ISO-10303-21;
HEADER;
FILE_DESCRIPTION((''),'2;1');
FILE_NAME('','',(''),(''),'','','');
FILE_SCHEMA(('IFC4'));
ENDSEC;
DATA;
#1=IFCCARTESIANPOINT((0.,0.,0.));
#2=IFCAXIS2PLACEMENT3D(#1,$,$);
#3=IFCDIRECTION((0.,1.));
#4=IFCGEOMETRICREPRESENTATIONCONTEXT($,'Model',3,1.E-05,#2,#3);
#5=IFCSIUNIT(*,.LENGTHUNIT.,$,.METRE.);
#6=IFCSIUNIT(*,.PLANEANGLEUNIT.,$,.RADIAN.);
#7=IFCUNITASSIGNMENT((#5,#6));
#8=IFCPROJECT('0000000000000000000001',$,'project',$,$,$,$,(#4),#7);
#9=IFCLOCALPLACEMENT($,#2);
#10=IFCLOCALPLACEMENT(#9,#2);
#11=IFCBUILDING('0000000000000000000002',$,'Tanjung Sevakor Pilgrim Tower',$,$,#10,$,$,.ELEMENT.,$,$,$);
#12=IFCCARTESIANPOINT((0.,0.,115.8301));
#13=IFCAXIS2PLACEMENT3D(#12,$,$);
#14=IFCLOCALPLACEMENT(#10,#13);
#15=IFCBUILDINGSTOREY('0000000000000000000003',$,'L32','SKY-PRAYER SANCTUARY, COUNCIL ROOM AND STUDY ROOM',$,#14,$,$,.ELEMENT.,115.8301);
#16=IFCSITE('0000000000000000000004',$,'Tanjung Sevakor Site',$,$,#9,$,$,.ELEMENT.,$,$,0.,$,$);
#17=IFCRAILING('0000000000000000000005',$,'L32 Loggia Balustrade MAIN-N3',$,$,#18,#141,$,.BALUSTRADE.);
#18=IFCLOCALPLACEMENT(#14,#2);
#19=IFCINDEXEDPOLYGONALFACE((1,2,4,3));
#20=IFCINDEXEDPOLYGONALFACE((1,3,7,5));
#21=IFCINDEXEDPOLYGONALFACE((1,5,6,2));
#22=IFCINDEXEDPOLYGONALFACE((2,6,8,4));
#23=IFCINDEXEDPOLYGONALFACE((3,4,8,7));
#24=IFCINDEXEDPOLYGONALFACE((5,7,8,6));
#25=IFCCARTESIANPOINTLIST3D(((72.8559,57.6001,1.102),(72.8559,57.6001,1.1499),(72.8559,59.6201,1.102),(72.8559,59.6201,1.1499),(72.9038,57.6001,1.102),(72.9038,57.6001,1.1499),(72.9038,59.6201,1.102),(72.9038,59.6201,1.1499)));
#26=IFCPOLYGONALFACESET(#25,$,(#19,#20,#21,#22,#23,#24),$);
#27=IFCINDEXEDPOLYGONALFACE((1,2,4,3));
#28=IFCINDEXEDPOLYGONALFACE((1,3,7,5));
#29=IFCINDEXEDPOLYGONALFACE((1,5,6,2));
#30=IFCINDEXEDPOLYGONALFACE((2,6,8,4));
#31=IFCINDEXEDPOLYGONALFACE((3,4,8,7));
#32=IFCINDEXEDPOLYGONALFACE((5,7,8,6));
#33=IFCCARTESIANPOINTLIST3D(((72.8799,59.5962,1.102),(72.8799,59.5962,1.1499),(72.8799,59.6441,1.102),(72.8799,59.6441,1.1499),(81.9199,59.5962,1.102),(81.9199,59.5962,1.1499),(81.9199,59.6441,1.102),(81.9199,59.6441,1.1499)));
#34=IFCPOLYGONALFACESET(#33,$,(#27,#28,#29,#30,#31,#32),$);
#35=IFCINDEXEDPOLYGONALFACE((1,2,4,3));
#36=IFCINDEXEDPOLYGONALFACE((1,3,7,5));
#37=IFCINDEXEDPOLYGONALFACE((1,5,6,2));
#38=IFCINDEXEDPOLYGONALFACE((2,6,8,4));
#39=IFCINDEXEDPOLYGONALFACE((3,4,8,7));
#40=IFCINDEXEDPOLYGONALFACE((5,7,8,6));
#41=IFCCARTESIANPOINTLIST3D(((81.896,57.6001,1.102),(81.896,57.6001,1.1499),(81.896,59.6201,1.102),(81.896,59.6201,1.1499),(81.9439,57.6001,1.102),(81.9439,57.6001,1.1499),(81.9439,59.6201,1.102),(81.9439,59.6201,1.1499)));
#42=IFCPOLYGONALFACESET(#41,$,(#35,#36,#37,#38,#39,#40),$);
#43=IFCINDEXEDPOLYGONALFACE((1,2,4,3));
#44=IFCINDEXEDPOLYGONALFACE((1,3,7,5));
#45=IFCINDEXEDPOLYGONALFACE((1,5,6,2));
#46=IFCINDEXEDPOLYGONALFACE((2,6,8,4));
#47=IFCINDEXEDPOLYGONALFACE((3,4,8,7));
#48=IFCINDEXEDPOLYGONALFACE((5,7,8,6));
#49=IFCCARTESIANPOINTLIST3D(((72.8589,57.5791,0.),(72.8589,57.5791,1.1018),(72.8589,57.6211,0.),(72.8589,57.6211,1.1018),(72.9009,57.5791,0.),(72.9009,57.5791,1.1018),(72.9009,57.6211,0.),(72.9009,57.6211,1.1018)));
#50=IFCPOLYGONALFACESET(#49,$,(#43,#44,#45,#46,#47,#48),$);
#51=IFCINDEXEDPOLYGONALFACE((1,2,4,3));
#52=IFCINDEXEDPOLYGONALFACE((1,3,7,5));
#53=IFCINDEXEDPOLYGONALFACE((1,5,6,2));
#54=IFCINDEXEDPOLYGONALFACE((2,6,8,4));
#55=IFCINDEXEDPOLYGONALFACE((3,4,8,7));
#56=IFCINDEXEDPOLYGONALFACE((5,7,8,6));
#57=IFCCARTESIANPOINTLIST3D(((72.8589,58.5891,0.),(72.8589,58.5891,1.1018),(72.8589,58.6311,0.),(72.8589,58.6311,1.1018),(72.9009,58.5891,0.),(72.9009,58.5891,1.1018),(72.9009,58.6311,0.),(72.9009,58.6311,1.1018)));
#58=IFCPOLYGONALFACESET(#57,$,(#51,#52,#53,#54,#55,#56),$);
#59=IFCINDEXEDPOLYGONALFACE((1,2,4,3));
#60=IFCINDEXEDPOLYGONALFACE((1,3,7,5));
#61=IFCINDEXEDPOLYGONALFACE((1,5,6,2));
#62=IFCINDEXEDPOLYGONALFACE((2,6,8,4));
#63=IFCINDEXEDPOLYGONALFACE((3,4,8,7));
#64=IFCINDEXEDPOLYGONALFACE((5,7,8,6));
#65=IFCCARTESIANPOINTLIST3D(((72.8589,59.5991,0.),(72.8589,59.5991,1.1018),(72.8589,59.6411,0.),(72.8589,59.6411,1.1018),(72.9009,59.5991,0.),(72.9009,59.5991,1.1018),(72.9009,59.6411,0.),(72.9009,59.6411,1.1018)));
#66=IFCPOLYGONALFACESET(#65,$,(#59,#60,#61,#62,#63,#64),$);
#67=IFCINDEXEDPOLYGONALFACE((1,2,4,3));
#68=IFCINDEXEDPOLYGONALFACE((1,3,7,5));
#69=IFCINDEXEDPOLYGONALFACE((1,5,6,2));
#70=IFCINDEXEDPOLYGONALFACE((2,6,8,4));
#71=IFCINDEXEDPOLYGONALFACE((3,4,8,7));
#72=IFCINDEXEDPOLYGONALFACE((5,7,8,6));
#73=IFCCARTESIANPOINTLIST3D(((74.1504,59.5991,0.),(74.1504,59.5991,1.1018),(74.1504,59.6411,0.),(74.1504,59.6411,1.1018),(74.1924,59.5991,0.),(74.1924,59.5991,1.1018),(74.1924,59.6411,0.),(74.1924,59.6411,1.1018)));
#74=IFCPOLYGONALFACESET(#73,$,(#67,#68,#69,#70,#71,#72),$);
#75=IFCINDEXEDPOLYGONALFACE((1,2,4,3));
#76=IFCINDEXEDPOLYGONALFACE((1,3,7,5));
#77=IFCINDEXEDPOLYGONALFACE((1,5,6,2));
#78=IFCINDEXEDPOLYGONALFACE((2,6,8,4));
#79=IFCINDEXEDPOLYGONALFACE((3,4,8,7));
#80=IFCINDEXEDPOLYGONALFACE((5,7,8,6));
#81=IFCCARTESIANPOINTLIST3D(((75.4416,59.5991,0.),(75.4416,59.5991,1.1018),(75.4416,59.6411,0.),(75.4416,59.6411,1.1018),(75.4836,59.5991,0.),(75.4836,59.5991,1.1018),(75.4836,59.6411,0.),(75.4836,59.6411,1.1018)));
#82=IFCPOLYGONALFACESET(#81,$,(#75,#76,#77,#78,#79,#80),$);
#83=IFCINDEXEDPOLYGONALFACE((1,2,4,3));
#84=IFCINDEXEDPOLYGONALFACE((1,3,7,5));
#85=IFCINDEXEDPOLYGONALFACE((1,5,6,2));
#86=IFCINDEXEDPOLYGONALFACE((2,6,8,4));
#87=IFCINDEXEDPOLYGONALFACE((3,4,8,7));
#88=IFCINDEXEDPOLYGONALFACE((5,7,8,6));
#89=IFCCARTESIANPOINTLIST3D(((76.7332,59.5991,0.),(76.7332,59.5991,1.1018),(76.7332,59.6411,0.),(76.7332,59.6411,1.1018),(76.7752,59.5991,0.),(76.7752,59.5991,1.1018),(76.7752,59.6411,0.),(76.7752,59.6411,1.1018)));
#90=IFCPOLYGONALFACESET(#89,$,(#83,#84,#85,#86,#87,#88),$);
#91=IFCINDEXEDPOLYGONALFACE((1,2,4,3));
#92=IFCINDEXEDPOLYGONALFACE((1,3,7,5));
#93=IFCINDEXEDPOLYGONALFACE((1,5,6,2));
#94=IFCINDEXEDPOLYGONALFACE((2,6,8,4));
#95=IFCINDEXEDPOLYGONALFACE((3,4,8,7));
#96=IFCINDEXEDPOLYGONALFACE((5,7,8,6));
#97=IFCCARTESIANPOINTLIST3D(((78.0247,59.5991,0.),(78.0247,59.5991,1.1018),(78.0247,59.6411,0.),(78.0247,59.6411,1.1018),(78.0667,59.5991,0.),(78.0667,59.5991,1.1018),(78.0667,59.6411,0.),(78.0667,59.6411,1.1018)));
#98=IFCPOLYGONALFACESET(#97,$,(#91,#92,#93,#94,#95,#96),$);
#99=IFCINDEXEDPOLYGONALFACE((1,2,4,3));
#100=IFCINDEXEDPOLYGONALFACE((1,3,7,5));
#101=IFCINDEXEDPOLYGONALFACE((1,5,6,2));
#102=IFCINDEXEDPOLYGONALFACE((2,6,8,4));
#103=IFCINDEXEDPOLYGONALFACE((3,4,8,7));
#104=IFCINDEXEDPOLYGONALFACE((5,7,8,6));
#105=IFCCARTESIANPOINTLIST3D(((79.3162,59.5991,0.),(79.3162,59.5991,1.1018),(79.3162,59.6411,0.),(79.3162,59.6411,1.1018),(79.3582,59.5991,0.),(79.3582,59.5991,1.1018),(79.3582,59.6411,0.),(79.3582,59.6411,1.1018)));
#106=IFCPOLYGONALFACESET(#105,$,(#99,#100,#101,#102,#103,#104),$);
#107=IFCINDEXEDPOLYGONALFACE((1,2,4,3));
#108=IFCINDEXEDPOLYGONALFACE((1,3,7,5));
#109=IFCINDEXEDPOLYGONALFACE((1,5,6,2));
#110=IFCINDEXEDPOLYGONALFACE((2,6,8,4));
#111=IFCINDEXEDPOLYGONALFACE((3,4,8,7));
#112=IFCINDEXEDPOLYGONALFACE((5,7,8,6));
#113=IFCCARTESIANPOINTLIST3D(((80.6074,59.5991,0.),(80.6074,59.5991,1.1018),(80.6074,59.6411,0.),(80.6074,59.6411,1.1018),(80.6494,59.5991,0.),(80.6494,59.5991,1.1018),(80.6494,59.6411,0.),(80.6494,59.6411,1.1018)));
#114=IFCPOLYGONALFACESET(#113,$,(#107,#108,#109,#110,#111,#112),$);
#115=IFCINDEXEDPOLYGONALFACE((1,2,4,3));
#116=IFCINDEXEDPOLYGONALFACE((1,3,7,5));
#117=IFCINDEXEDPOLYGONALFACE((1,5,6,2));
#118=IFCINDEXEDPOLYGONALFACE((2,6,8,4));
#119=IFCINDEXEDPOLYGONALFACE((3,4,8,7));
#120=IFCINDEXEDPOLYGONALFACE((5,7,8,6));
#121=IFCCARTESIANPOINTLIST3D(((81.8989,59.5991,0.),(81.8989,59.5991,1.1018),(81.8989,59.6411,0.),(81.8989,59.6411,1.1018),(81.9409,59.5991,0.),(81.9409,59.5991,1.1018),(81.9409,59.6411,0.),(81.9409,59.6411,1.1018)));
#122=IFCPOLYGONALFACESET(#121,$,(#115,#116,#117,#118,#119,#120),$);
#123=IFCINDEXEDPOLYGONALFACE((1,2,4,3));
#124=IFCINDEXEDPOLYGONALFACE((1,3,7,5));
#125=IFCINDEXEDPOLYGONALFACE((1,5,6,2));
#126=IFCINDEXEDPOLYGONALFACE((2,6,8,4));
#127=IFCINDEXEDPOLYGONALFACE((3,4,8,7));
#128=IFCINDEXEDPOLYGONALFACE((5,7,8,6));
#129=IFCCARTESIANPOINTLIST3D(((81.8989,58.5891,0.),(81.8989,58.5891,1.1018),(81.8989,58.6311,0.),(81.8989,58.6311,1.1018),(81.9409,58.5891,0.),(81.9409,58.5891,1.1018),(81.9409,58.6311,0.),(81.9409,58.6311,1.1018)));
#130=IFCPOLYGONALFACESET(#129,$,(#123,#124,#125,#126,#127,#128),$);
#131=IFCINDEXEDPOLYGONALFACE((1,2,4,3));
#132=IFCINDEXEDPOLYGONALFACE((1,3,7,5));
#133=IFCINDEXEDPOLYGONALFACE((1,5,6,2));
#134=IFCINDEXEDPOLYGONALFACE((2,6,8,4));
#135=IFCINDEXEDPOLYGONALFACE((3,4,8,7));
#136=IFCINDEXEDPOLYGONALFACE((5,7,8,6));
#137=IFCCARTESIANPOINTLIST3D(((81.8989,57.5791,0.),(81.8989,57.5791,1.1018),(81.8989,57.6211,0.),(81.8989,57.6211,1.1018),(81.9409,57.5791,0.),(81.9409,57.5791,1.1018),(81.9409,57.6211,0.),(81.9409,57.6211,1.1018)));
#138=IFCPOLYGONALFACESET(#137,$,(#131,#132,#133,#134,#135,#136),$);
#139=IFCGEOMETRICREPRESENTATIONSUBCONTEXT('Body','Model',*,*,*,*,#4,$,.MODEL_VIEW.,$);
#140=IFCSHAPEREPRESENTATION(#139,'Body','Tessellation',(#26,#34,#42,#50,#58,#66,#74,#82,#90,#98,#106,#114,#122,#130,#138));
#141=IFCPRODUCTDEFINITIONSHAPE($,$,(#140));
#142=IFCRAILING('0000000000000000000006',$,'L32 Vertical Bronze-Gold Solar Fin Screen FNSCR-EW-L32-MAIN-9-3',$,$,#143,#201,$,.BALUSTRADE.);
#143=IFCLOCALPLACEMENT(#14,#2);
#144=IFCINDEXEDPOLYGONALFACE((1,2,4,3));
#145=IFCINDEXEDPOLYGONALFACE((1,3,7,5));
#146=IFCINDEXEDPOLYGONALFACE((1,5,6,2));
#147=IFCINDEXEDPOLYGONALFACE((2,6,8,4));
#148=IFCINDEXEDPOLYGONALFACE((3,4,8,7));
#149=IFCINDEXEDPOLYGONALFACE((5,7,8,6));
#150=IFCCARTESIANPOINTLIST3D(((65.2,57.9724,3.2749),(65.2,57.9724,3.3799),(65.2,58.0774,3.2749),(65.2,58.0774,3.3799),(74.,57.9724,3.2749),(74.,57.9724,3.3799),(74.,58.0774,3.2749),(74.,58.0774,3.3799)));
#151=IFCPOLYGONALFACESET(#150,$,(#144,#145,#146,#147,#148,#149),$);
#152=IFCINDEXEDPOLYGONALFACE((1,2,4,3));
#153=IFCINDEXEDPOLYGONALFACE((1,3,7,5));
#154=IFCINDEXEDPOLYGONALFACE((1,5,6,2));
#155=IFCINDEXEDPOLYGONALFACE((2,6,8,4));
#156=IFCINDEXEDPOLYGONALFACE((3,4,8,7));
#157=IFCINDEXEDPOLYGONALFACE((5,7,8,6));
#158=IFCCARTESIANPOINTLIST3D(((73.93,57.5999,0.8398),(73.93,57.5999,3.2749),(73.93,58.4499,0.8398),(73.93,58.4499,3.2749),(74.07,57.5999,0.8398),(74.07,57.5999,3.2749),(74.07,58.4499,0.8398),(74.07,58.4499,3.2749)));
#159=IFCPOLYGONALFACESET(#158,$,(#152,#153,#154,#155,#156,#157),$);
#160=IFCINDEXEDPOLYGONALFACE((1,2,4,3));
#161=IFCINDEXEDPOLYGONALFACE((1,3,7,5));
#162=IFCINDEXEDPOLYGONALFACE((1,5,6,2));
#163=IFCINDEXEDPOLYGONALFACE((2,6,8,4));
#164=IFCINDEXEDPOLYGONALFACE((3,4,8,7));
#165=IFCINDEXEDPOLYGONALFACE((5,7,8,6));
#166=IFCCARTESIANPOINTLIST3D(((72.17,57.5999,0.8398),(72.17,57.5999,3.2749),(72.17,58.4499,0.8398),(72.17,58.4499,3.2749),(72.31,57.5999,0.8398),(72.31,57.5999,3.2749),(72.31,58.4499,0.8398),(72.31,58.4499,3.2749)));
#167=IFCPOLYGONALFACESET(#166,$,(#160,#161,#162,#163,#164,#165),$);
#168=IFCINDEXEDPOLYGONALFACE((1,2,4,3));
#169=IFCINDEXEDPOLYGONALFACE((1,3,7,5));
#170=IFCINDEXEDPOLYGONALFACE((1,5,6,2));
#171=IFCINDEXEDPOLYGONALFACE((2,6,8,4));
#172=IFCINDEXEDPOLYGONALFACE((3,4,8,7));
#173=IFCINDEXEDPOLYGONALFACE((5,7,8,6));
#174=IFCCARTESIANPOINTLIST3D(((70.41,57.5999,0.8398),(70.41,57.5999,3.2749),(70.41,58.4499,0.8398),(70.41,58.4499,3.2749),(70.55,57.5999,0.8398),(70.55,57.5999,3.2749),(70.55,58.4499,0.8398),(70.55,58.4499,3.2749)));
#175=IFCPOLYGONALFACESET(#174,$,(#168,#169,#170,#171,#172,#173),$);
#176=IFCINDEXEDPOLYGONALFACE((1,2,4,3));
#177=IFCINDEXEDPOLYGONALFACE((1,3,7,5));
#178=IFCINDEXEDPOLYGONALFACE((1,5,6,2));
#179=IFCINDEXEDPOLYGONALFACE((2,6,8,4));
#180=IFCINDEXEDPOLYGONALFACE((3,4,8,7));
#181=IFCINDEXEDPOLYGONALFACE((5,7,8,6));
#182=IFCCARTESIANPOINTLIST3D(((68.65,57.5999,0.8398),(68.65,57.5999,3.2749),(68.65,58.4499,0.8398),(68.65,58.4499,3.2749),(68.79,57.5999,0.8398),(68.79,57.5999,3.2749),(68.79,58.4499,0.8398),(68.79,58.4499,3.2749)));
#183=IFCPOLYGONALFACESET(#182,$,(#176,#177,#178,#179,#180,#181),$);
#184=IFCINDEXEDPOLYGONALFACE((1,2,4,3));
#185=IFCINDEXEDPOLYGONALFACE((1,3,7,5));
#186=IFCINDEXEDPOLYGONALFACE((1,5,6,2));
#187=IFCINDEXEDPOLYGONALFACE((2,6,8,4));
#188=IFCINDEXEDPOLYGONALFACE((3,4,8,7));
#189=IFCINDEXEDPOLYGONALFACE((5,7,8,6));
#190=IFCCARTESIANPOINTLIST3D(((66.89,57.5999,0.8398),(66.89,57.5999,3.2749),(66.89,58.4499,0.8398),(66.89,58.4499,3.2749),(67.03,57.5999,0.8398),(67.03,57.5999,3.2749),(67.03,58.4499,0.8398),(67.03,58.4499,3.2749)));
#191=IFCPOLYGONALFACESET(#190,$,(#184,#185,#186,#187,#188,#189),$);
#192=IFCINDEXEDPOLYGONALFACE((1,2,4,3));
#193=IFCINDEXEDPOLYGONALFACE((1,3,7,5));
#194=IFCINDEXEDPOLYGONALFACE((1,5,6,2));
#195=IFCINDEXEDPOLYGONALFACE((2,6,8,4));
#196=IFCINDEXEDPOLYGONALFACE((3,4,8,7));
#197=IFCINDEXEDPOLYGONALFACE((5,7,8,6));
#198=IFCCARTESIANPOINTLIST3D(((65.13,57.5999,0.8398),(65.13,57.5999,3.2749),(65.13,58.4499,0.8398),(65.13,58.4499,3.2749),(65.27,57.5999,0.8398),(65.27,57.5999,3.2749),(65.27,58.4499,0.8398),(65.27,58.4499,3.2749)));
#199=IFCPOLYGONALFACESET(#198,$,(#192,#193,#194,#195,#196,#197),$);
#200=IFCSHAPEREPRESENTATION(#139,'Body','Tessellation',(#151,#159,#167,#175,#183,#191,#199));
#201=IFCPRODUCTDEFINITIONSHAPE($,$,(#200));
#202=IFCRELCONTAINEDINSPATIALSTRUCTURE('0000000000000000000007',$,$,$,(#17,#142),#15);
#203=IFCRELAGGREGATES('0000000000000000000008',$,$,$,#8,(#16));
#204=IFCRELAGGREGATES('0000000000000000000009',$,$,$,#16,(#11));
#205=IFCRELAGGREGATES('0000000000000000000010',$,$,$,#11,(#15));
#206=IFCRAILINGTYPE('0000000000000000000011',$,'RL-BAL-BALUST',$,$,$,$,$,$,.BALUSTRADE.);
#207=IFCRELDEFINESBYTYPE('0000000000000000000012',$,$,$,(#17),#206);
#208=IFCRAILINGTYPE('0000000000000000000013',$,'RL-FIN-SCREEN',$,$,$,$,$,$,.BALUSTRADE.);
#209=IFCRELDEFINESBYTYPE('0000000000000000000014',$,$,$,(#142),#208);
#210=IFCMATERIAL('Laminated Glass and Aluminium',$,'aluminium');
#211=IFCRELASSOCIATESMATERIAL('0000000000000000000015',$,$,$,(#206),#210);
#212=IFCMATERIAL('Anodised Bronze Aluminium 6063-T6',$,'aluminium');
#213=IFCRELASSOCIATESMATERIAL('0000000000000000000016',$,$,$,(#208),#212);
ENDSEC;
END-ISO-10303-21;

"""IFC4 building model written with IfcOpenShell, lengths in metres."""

from ifc_helpers import new_model, si_unit, direction, frame, origin, place, context, subcontext, project, spatial, rectangle, extrude, material, type_object, element, save


model = new_model("IFC4")

# Units and contexts
model_context = context("Model", 3, precision=1e-05, world=origin(), true_north=direction((0.0, 1.0)))
body_context = subcontext(model_context, "Body", "Model", "MODEL_VIEW")
ifc_project = project(units=[si_unit("LENGTHUNIT", "METRE"), si_unit("PLANEANGLEUNIT", "RADIAN")], contexts=[model_context])

# Site, building, storey
site_placement = place(None, origin())
site = spatial("IfcSite", under=ifc_project, at=site_placement, Name="Tanjung Sevakor Site", CompositionType="ELEMENT", RefElevation=0.0)
building_placement = place(site_placement, origin())
building = spatial("IfcBuilding", under=site, at=building_placement, Name="Tanjung Sevakor Pilgrim Tower", CompositionType="ELEMENT")
storey_placement = place(building_placement, frame((0.0, 0.0, 115.8301)))
storey = spatial("IfcBuildingStorey", under=building, at=storey_placement, Name="L32", Description="SKY-PRAYER SANCTUARY, COUNCIL ROOM AND STUDY ROOM", CompositionType="ELEMENT", Elevation=115.8301)

# Railings
ifc_material_1 = material(Name="Laminated Glass and Aluminium", Category="aluminium")
railing_type_1 = type_object("IfcRailingType", Name="RL-BAL-BALUST", PredefinedType="BALUSTRADE", material=ifc_material_1)
railing_1_placement = place(storey_placement, frame((72.8799, 57.6001, 0.0)))
element("IfcRailing", 1, at=railing_1_placement, inside=storey, type_object=railing_type_1, Name="L32 Loggia Balustrade MAIN-N3", PredefinedType="BALUSTRADE", context=body_context, shape_type="SweptSolid", body=[
    extrude(rectangle(XDim=0.0479, YDim=0.0479), frame((0.0, 0.0, 1.126), z_axis=(0.0, 1.0, 0.0), x_axis=(-1.0, 0.0, 0.0)), (0.0, 0.0, 1.0), 2.02),
    extrude(rectangle(XDim=0.0479, YDim=0.0479), frame((0.0, 2.02, 1.126), z_axis=(1.0, 0.0, 0.0), x_axis=(0.0, 1.0, 0.0)), (0.0, 0.0, 1.0), 9.04),
    extrude(rectangle(XDim=0.0479, YDim=0.0479), frame((9.04, 2.02, 1.126), z_axis=(0.0, -1.0, 0.0), x_axis=(1.0, 0.0, 0.0)), (0.0, 0.0, 1.0), 2.02),
    extrude(rectangle(XDim=0.042, YDim=0.042), origin(), (0.0, 0.0, 1.0), 1.1018),
    extrude(rectangle(XDim=0.042, YDim=0.042), frame((0.0, 1.01, 0.0)), (0.0, 0.0, 1.0), 1.1018),
    extrude(rectangle(XDim=0.042, YDim=0.042), frame((0.0, 2.02, 0.0)), (0.0, 0.0, 1.0), 1.1018),
    extrude(rectangle(XDim=0.042, YDim=0.042), frame((1.2915, 2.02, 0.0)), (0.0, 0.0, 1.0), 1.1018),
    extrude(rectangle(XDim=0.042, YDim=0.042), frame((2.5828, 2.02, 0.0)), (0.0, 0.0, 1.0), 1.1018),
    extrude(rectangle(XDim=0.042, YDim=0.042), frame((3.8743, 2.02, 0.0)), (0.0, 0.0, 1.0), 1.1018),
    extrude(rectangle(XDim=0.042, YDim=0.042), frame((5.1658, 2.02, 0.0)), (0.0, 0.0, 1.0), 1.1018),
    extrude(rectangle(XDim=0.042, YDim=0.042), frame((6.4573, 2.02, 0.0)), (0.0, 0.0, 1.0), 1.1018),
    extrude(rectangle(XDim=0.042, YDim=0.042), frame((7.7485, 2.02, 0.0)), (0.0, 0.0, 1.0), 1.1018),
    extrude(rectangle(XDim=0.042, YDim=0.042), frame((9.04, 2.02, 0.0)), (0.0, 0.0, 1.0), 1.1018),
    extrude(rectangle(XDim=0.042, YDim=0.042), frame((9.04, 1.01, 0.0)), (0.0, 0.0, 1.0), 1.1018),
    extrude(rectangle(XDim=0.042, YDim=0.042), frame((9.04, 0.0, 0.0)), (0.0, 0.0, 1.0), 1.1018),
])
ifc_material_2 = material(Name="Anodised Bronze Aluminium 6063-T6", Category="aluminium")
railing_type_2 = type_object("IfcRailingType", Name="RL-FIN-SCREEN", PredefinedType="BALUSTRADE", material=ifc_material_2)
railing_2_placement = place(storey_placement, frame((74.0, 58.0249, 0.8398)))
element("IfcRailing", 2, at=railing_2_placement, inside=storey, type_object=railing_type_2, Name="L32 Vertical Bronze-Gold Solar Fin Screen FNSCR-EW-L32-MAIN-9-3", PredefinedType="BALUSTRADE", context=body_context, shape_type="SweptSolid", body=[
    extrude(rectangle(XDim=0.105, YDim=0.105), frame((0.0, 0.0, 2.4875), z_axis=(-1.0, 0.0, 0.0), x_axis=(0.0, -1.0, 0.0)), (0.0, 0.0, 1.0), 8.8),
    extrude(rectangle(XDim=0.14, YDim=0.85), origin(), (0.0, 0.0, 1.0), 2.4351),
    extrude(rectangle(XDim=0.14, YDim=0.85), frame((-1.76, 0.0, 0.0)), (0.0, 0.0, 1.0), 2.4351),
    extrude(rectangle(XDim=0.14, YDim=0.85), frame((-3.52, 0.0, 0.0)), (0.0, 0.0, 1.0), 2.4351),
    extrude(rectangle(XDim=0.14, YDim=0.85), frame((-5.28, 0.0, 0.0)), (0.0, 0.0, 1.0), 2.4351),
    extrude(rectangle(XDim=0.14, YDim=0.85), frame((-7.04, 0.0, 0.0)), (0.0, 0.0, 1.0), 2.4351),
    extrude(rectangle(XDim=0.14, YDim=0.85), frame((-8.8, 0.0, 0.0)), (0.0, 0.0, 1.0), 2.4351),
])

save(model, "model.ifc")
